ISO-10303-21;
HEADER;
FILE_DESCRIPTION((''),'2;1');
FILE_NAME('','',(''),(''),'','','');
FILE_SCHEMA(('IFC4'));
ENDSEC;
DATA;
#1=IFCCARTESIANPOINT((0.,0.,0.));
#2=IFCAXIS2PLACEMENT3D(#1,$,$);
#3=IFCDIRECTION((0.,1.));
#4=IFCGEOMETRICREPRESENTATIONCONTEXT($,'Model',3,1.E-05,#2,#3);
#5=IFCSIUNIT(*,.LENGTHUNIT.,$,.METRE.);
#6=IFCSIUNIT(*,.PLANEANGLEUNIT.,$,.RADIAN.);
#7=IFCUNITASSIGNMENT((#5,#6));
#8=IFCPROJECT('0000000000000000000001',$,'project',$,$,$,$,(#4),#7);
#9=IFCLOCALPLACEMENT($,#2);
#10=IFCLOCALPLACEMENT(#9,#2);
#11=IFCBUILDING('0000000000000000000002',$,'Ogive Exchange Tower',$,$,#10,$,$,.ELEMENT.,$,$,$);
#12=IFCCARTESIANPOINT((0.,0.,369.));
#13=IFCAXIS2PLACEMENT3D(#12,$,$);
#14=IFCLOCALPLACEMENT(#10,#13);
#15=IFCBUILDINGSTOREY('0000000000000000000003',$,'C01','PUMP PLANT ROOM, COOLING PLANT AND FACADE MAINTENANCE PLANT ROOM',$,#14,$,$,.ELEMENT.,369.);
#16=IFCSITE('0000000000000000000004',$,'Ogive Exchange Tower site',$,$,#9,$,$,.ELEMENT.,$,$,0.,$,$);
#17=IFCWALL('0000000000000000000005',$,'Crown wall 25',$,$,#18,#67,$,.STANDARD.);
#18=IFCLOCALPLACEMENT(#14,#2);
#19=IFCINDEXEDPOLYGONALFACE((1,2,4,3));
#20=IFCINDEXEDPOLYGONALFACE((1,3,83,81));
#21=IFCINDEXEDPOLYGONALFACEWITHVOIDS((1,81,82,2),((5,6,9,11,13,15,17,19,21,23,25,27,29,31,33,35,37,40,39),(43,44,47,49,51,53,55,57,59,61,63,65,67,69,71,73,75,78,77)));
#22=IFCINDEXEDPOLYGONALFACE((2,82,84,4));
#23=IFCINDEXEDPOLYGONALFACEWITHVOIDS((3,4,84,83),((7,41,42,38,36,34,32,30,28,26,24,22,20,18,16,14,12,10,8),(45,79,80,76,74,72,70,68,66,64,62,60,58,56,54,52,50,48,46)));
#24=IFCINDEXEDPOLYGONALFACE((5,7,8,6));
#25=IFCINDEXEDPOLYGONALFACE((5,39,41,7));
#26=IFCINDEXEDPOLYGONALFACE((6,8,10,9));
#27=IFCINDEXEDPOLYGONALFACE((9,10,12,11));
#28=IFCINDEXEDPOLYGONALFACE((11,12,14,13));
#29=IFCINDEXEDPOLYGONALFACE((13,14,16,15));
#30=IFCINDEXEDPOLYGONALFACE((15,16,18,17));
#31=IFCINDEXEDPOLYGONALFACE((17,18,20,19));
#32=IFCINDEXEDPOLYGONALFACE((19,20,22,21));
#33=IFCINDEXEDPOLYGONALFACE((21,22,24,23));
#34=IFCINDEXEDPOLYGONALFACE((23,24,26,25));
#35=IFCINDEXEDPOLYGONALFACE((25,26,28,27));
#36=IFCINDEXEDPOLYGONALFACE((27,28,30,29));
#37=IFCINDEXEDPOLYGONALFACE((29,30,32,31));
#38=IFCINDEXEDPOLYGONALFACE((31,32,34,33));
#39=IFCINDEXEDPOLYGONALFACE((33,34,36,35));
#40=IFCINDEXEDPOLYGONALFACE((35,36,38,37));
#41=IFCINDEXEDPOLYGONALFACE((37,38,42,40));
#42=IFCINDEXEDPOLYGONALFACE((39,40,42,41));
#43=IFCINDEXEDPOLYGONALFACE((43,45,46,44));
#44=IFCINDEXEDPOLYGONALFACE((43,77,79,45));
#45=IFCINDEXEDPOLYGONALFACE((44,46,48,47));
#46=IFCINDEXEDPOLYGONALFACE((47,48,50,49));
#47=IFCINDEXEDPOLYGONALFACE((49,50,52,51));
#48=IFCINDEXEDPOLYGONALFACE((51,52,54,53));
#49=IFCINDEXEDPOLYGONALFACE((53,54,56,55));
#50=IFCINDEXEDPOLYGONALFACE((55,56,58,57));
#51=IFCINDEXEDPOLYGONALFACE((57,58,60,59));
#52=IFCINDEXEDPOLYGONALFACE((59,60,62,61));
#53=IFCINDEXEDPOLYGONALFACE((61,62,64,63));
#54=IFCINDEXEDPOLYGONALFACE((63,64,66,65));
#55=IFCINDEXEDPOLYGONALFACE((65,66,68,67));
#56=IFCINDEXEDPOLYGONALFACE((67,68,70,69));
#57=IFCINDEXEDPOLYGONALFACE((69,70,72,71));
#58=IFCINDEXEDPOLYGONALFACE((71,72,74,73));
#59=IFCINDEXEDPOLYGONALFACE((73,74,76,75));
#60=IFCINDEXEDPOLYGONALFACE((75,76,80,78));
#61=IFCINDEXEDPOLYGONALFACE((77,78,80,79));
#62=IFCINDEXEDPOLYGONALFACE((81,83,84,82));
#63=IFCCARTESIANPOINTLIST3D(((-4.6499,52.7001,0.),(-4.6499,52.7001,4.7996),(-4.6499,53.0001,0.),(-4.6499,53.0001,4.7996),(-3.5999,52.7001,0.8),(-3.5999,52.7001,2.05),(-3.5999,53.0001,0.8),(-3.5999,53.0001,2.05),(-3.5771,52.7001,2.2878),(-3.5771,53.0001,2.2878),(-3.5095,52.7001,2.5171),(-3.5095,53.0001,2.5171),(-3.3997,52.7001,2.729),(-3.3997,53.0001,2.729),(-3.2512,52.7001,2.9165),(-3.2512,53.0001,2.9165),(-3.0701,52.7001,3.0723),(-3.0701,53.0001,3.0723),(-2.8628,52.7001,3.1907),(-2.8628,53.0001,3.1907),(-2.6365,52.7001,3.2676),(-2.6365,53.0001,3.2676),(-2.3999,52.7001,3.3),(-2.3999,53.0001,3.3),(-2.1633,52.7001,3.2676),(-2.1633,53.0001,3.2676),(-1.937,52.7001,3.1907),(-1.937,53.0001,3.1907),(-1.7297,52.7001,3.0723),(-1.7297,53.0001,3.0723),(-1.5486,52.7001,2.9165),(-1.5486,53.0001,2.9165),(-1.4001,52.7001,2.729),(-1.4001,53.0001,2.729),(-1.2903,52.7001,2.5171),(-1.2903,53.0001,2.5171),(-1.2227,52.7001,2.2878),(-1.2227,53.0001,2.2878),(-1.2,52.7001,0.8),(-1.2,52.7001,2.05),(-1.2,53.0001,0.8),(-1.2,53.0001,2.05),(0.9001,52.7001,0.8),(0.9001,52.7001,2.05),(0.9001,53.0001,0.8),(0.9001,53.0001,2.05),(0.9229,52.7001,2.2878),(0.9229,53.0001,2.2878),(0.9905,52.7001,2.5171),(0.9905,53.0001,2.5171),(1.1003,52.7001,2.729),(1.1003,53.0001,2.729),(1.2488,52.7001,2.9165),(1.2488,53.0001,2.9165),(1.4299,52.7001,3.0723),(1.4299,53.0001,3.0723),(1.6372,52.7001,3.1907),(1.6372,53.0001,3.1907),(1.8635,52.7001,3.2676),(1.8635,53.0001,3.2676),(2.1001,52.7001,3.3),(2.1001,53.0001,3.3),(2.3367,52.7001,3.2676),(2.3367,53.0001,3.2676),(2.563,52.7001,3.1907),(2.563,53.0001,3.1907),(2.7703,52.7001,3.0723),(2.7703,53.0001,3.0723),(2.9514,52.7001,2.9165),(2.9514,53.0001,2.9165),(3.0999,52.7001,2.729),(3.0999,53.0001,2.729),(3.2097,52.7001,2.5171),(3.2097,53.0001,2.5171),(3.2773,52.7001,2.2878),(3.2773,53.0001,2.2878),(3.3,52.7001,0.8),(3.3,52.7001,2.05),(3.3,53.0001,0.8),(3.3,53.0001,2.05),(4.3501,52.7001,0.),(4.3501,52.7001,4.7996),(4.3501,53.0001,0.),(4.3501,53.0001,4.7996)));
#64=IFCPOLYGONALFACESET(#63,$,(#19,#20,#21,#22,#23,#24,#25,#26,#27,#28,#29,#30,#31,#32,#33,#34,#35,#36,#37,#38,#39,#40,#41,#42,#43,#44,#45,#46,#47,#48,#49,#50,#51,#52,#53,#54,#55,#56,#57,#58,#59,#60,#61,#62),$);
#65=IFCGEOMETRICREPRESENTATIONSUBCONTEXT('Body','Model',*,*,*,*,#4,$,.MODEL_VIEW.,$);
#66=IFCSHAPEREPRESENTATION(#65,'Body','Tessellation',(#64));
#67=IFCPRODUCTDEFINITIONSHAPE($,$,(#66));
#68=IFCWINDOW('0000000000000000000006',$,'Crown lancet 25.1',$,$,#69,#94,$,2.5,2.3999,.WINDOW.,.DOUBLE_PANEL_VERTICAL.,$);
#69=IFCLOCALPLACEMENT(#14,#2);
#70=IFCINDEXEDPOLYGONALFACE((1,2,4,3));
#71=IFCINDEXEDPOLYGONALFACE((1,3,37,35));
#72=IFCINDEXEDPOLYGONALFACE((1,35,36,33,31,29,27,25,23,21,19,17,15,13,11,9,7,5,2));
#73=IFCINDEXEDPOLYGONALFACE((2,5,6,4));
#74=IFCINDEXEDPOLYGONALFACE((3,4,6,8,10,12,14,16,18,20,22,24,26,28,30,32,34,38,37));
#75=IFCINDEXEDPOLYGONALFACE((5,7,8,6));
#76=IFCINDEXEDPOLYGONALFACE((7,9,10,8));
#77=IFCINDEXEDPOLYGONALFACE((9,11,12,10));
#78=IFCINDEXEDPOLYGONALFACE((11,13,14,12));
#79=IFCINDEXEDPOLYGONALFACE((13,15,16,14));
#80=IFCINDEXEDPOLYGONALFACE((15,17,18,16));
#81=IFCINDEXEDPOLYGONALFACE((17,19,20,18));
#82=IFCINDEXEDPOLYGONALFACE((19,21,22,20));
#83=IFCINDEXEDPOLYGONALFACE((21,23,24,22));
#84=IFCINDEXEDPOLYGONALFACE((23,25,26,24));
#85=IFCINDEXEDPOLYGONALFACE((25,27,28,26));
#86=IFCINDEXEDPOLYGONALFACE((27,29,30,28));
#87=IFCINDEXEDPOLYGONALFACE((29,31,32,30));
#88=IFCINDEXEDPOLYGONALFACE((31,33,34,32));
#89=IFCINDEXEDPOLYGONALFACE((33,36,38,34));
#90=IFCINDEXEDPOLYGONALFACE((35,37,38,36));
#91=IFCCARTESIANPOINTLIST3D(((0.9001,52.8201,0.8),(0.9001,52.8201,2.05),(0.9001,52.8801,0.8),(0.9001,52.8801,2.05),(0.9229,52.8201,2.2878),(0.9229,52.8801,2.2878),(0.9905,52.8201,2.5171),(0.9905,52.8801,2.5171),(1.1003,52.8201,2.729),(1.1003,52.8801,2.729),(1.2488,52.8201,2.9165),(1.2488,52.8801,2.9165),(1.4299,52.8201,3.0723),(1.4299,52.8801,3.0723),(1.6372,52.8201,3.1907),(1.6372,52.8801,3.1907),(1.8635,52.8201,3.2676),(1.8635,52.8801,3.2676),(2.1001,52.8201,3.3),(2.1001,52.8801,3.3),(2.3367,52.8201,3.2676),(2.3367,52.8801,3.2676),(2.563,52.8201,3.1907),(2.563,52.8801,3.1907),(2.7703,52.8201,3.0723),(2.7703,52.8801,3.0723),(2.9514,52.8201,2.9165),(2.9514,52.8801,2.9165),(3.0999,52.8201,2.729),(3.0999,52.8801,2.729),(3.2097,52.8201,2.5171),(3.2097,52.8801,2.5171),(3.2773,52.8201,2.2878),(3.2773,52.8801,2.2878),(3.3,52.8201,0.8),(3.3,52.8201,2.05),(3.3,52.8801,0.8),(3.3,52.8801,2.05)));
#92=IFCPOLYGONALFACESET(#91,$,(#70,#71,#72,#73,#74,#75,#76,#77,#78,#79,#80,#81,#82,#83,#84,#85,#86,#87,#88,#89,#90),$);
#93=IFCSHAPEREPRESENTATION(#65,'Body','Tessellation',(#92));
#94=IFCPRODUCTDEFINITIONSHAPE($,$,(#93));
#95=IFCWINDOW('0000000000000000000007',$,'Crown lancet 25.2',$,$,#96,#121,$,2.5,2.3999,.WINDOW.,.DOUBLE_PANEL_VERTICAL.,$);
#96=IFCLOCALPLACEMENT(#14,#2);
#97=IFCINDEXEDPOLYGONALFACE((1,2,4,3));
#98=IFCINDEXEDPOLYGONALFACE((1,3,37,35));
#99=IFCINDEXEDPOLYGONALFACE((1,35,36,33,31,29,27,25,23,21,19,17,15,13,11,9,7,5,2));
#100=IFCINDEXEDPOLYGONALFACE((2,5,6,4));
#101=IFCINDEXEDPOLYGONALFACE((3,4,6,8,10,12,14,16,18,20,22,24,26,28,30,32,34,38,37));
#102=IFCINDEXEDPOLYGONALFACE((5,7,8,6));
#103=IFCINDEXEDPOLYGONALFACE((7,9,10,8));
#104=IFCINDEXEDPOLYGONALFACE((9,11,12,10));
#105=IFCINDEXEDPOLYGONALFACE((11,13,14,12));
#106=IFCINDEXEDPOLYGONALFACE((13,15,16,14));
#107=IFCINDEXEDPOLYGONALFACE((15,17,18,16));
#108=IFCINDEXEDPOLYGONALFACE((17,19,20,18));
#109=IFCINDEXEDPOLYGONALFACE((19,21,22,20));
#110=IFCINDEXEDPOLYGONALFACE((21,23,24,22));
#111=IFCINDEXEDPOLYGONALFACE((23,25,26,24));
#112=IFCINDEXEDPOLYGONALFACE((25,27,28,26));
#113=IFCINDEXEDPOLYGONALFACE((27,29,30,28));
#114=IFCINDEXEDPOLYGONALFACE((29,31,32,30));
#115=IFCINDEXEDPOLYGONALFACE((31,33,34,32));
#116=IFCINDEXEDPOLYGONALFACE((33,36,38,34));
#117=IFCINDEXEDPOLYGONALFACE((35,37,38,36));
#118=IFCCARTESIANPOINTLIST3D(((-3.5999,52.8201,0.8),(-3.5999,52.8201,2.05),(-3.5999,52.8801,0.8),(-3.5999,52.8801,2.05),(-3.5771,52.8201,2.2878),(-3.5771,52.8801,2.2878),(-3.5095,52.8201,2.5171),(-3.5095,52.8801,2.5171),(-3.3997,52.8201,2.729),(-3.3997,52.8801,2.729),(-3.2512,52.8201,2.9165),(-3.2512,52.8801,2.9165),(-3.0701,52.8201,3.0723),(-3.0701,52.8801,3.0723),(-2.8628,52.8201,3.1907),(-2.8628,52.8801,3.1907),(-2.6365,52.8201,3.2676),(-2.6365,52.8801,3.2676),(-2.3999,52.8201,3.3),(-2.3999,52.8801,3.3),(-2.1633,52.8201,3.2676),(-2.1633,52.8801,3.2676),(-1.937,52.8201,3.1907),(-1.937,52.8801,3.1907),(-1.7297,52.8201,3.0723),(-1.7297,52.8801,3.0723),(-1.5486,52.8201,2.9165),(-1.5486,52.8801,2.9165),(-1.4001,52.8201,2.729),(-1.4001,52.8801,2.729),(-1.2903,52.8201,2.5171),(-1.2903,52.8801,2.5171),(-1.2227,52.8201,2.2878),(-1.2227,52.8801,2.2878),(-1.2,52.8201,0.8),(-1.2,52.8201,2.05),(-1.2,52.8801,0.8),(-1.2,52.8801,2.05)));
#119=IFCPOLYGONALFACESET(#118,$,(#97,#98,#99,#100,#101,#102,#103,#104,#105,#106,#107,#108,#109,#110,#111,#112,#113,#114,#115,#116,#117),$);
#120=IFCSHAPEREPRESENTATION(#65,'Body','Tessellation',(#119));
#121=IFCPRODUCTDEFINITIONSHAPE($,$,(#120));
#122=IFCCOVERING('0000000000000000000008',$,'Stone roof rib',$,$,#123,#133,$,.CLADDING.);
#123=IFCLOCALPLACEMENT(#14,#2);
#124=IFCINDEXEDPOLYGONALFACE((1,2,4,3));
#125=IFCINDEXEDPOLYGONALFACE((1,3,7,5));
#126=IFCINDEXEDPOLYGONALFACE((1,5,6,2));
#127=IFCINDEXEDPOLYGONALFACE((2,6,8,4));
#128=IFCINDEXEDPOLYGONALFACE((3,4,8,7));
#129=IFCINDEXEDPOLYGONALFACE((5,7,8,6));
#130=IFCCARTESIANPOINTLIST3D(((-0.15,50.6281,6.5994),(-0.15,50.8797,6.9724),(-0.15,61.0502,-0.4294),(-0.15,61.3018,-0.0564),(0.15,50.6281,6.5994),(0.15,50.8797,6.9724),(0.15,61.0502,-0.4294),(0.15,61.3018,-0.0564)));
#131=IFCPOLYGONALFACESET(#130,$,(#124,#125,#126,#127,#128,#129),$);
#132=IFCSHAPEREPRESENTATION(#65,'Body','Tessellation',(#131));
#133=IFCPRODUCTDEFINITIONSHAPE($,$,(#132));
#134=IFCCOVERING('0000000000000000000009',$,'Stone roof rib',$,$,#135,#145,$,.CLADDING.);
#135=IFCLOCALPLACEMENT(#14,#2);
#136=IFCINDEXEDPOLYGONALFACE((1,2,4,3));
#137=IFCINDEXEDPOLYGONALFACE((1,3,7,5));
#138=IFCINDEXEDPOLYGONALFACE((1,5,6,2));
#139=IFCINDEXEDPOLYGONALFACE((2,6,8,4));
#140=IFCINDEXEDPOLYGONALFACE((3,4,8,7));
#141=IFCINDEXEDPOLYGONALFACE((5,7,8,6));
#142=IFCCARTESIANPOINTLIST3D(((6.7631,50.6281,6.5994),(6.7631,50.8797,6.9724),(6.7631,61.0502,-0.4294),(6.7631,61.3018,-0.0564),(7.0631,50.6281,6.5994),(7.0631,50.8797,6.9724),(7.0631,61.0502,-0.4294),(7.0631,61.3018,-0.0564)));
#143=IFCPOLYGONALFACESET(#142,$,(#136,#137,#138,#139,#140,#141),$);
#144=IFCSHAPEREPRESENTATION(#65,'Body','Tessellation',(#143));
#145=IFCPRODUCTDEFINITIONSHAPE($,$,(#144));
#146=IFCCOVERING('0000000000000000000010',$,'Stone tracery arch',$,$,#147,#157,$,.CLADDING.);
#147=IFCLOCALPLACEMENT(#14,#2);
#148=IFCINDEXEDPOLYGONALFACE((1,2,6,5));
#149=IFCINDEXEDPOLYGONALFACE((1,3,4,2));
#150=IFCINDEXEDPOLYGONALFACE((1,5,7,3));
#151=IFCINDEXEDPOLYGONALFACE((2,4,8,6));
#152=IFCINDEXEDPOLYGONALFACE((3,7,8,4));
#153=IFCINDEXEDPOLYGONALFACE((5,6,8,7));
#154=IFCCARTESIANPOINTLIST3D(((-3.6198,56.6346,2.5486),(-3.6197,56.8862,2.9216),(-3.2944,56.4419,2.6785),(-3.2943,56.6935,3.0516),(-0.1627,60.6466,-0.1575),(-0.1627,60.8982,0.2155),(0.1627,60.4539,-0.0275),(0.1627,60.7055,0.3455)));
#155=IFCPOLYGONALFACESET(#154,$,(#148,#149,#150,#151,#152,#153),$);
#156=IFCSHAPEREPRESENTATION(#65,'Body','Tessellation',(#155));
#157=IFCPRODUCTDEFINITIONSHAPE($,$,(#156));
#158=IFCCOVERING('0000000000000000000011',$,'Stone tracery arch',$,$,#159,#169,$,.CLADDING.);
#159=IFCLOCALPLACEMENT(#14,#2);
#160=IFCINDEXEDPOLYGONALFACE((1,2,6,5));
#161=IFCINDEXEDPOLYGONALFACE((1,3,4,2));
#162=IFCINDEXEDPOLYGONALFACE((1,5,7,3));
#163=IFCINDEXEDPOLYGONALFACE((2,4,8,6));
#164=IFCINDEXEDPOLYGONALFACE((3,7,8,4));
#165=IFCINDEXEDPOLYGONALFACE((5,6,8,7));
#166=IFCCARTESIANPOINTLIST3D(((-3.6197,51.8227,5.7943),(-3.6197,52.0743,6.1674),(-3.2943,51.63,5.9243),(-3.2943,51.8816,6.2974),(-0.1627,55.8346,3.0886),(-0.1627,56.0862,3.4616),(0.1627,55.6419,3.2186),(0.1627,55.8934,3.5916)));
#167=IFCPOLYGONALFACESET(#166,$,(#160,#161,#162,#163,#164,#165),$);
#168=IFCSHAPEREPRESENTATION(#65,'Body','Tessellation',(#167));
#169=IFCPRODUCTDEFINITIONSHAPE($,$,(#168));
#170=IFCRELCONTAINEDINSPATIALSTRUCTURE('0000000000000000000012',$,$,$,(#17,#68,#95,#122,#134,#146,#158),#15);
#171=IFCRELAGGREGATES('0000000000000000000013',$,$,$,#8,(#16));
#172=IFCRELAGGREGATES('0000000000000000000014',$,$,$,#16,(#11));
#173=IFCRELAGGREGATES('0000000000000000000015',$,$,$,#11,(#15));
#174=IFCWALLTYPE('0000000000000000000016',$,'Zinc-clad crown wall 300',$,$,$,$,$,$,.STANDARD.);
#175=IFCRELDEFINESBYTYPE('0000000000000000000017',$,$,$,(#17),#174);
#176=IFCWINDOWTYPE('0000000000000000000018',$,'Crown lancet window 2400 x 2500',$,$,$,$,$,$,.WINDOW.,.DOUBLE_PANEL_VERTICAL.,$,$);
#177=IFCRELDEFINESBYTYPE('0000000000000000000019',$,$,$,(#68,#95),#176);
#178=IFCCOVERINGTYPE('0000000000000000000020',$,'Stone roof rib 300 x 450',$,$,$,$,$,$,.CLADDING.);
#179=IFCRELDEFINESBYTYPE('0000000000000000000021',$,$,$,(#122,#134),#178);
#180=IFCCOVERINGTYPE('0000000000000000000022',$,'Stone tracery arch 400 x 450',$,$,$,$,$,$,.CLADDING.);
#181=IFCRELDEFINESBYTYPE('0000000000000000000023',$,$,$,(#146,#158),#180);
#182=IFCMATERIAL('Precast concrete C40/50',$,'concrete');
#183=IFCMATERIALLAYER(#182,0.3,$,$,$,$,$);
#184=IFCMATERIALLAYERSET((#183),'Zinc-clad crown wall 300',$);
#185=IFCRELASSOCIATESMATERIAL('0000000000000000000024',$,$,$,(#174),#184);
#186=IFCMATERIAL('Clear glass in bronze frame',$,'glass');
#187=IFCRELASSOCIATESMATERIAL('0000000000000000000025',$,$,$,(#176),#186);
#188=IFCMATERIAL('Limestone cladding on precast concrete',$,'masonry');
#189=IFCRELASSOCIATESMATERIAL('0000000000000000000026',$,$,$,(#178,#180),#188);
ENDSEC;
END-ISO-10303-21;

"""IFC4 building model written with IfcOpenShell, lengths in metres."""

from ifc_helpers import new_model, si_unit, direction, frame, frame_2d, origin, origin_2d, place, context, subcontext, project, spatial, polyline, rectangle, outline, extrude, material, layer, layer_set, material_profile, profile_set, type_object, element, fill, save


model = new_model("IFC4")

# Units and contexts
model_context = context("Model", 3, precision=1e-05, world=origin(), true_north=direction((0.0, 1.0)))
body_context = subcontext(model_context, "Body", "Model", "MODEL_VIEW")
ifc_project = project(units=[si_unit("LENGTHUNIT", "METRE"), si_unit("PLANEANGLEUNIT", "RADIAN")], contexts=[model_context])

# Site, building, storey
site_placement = place(None, origin())
site = spatial("IfcSite", under=ifc_project, at=site_placement, Name="Ogive Exchange Tower site", CompositionType="ELEMENT", RefElevation=0.0)
building_placement = place(site_placement, origin())
building = spatial("IfcBuilding", under=site, at=building_placement, Name="Ogive Exchange Tower", CompositionType="ELEMENT")
storey_placement = place(building_placement, frame((0.0, 0.0, 369.0)))
storey = spatial("IfcBuildingStorey", under=building, at=storey_placement, Name="C01", Description="PUMP PLANT ROOM, COOLING PLANT AND FACADE MAINTENANCE PLANT ROOM", CompositionType="ELEMENT", Elevation=369.0)

# Wall, openings, windows
ifc_material_1 = material(Name="Precast concrete C40/50", Category="concrete")
ifc_layer_1 = layer(ifc_material_1, 0.3)
ifc_layer_set_1 = layer_set([ifc_layer_1], Name="Zinc-clad crown wall 300")
wall_type_1 = type_object("IfcWallType", Name="Zinc-clad crown wall 300", PredefinedType="STANDARD", material=ifc_layer_set_1)
ifc_material_2 = material(Name="Clear glass in bronze frame", Category="glass")
window_type = type_object("IfcWindowType", Name="Crown lancet window 2400 x 2500", PartitioningType="DOUBLE_PANEL_VERTICAL", PredefinedType="WINDOW", material=ifc_material_2)
wall_1_placement = place(storey_placement, frame((4.3501, 52.8501, 0.0), z_axis=(0.0, 0.0, 1.0), x_axis=(-1.0, 0.0, 0.0)))
wall_1 = element("IfcWall", 1, at=wall_1_placement, inside=storey, type_object=wall_type_1, Name="Crown wall 25", PredefinedType="STANDARD", context=body_context, shape_type="SweptSolid", body=[
    extrude(rectangle(XDim=9.0, YDim=0.3, at=frame_2d((4.5, 0.0))), origin(), (0.0, 0.0, 1.0), 4.7996),
])
opening_1_placement = place(wall_1_placement, frame((1.05, 0.0, 0.8)))
opening_1 = element("IfcOpeningElement", 2, at=opening_1_placement, cuts=wall_1, PredefinedType="OPENING", context=body_context, shape_type="SweptSolid", body=[
    extrude(outline(polyline([(0.0, 0.0), (2.3999, 0.0), (2.3999, 1.25), (2.3772, 1.4878), (2.3096, 1.717), (2.1997, 1.929), (2.0513, 2.1165), (1.8701, 2.2722), (1.6628, 2.3906), (1.4365, 2.4675), (1.2, 2.5), (0.9634, 2.4675), (0.7371, 2.3906), (0.5298, 2.2722), (0.3486, 2.1165), (0.2002, 1.929), (0.0903, 1.717), (0.0227, 1.4878), (0.0, 1.25), (0.0, 0.0)])), frame((0.0, 0.1599, 0.0), z_axis=(0.0, -1.0, 0.0), x_axis=(1.0, 0.0, 0.0)), (0.0, 0.0, 1.0), 0.3201),
])
opening_2_placement = place(wall_1_placement, frame((5.55, 0.0, 0.8)))
opening_2 = element("IfcOpeningElement", 3, at=opening_2_placement, cuts=wall_1, PredefinedType="OPENING", context=body_context, shape_type="SweptSolid", body=[
    extrude(outline(polyline([(0.0, 0.0), (2.3999, 0.0), (2.3999, 1.25), (2.3772, 1.4878), (2.3096, 1.717), (2.1997, 1.929), (2.0513, 2.1165), (1.8701, 2.2722), (1.6628, 2.3906), (1.4365, 2.4675), (1.2, 2.5), (0.9634, 2.4675), (0.7371, 2.3906), (0.5298, 2.2722), (0.3486, 2.1165), (0.2002, 1.929), (0.0903, 1.717), (0.0227, 1.4878), (0.0, 1.25), (0.0, 0.0)])), frame((0.0, 0.1599, 0.0), z_axis=(0.0, -1.0, 0.0), x_axis=(1.0, 0.0, 0.0)), (0.0, 0.0, 1.0), 0.3201),
])
window_1_placement = place(opening_1_placement, origin())
window_1 = element("IfcWindow", 4, at=window_1_placement, inside=storey, type_object=window_type, Name="Crown lancet 25.1", OverallHeight=2.5, OverallWidth=2.3999, PartitioningType="DOUBLE_PANEL_VERTICAL", PredefinedType="WINDOW", context=body_context, shape_type="SweptSolid", body=[
    extrude(outline(polyline([(0.0, 0.0), (2.3999, 0.0), (2.3999, 1.25), (2.3772, 1.4878), (2.3096, 1.717), (2.1997, 1.929), (2.0513, 2.1165), (1.8701, 2.2722), (1.6628, 2.3906), (1.4365, 2.4675), (1.2, 2.5), (0.9634, 2.4675), (0.7371, 2.3906), (0.5298, 2.2722), (0.3486, 2.1165), (0.2002, 1.929), (0.0903, 1.717), (0.0227, 1.4878), (0.0, 1.25), (0.0, 0.0)])), frame((0.0, 0.03, 0.0), z_axis=(0.0, -1.0, 0.0), x_axis=(1.0, 0.0, 0.0)), (0.0, 0.0, 1.0), 0.0601),
])
fill(opening_1, window_1)
window_2_placement = place(opening_2_placement, origin())
window_2 = element("IfcWindow", 5, at=window_2_placement, inside=storey, type_object=window_type, Name="Crown lancet 25.2", OverallHeight=2.5, OverallWidth=2.3999, PartitioningType="DOUBLE_PANEL_VERTICAL", PredefinedType="WINDOW", context=body_context, shape_type="SweptSolid", body=[
    extrude(outline(polyline([(0.0, 0.0), (2.3999, 0.0), (2.3999, 1.25), (2.3772, 1.4878), (2.3096, 1.717), (2.1997, 1.929), (2.0513, 2.1165), (1.8701, 2.2722), (1.6628, 2.3906), (1.4365, 2.4675), (1.2, 2.5), (0.9634, 2.4675), (0.7371, 2.3906), (0.5298, 2.2722), (0.3486, 2.1165), (0.2002, 1.929), (0.0903, 1.717), (0.0227, 1.4878), (0.0, 1.25), (0.0, 0.0)])), frame((0.0, 0.03, 0.0), z_axis=(0.0, -1.0, 0.0), x_axis=(1.0, 0.0, 0.0)), (0.0, 0.0, 1.0), 0.0601),
])
fill(opening_2, window_2)

# Coverings
ifc_material_3 = material(Name="Limestone cladding on precast concrete", Category="masonry")
ifc_material_profile_1 = material_profile(ifc_material_3, rectangle(XDim=0.3, YDim=0.45, at=origin_2d()), Name="RIB 300 x 450")
ifc_profile_set_1 = profile_set([ifc_material_profile_1], Name="Limestone cladding on precast concrete")
covering_type_1 = type_object("IfcCoveringType", Name="Stone roof rib 300 x 450", PredefinedType="CLADDING", material=ifc_profile_set_1)
for number, where, z_axis, x_axis, name in (
    (6, (0.0, 61.176, -0.2429), (0.0, -0.829074, 0.559138), (1.0, 0.0, 0.0), "Stone roof rib"),
    (7, (6.9131, 61.176, -0.2429), (0.0, -0.829074, 0.559138), (1.0, 0.0, 0.0), "Stone roof rib"),
):
    element("IfcCovering", number, at=place(storey_placement, frame(where, z_axis=z_axis, x_axis=x_axis)), inside=storey, type_object=covering_type_1, Name=name, PredefinedType="CLADDING", context=body_context, shape_type="SweptSolid", body=[
        extrude(rectangle(XDim=0.3, YDim=0.45, at=origin_2d()), origin(), (0.0, 0.0, 1.0), 12.5708),
    ])
ifc_material_profile_2 = material_profile(ifc_material_3, rectangle(XDim=0.3999, YDim=0.45, at=origin_2d()), Name="TRACERY 400 x 450")
ifc_profile_set_2 = profile_set([ifc_material_profile_2], Name="Limestone cladding on precast concrete")
covering_type_2 = type_object("IfcCoveringType", Name="Stone tracery arch 400 x 450", PredefinedType="CLADDING", material=ifc_profile_set_2)
covering_1_placement = place(storey_placement, frame((0.0, 60.676, 0.094), z_axis=(-0.581283, -0.674593, 0.45501), x_axis=(0.813701, -0.481926, 0.325019)))
element("IfcCovering", 8, at=covering_1_placement, inside=storey, type_object=covering_type_2, Name="Stone tracery arch", PredefinedType="CLADDING", context=body_context, shape_type="SweptSolid", body=[
    extrude(rectangle(XDim=0.3999, YDim=0.45, at=origin_2d()), origin(), (0.0, 0.0, 1.0), 5.9473),
])
covering_2_placement = place(storey_placement, frame((0.0, 55.864, 3.3401), z_axis=(-0.581294, -0.674605, 0.454978), x_axis=(0.813693, -0.481935, 0.325025)))
element("IfcCovering", 9, at=covering_2_placement, inside=storey, type_object=covering_type_2, Name="Stone tracery arch", PredefinedType="CLADDING", context=body_context, shape_type="SweptSolid", body=[
    extrude(rectangle(XDim=0.3999, YDim=0.45, at=origin_2d()), origin(), (0.0, 0.0, 1.0), 5.947),
])

save(model, "model.ifc")
